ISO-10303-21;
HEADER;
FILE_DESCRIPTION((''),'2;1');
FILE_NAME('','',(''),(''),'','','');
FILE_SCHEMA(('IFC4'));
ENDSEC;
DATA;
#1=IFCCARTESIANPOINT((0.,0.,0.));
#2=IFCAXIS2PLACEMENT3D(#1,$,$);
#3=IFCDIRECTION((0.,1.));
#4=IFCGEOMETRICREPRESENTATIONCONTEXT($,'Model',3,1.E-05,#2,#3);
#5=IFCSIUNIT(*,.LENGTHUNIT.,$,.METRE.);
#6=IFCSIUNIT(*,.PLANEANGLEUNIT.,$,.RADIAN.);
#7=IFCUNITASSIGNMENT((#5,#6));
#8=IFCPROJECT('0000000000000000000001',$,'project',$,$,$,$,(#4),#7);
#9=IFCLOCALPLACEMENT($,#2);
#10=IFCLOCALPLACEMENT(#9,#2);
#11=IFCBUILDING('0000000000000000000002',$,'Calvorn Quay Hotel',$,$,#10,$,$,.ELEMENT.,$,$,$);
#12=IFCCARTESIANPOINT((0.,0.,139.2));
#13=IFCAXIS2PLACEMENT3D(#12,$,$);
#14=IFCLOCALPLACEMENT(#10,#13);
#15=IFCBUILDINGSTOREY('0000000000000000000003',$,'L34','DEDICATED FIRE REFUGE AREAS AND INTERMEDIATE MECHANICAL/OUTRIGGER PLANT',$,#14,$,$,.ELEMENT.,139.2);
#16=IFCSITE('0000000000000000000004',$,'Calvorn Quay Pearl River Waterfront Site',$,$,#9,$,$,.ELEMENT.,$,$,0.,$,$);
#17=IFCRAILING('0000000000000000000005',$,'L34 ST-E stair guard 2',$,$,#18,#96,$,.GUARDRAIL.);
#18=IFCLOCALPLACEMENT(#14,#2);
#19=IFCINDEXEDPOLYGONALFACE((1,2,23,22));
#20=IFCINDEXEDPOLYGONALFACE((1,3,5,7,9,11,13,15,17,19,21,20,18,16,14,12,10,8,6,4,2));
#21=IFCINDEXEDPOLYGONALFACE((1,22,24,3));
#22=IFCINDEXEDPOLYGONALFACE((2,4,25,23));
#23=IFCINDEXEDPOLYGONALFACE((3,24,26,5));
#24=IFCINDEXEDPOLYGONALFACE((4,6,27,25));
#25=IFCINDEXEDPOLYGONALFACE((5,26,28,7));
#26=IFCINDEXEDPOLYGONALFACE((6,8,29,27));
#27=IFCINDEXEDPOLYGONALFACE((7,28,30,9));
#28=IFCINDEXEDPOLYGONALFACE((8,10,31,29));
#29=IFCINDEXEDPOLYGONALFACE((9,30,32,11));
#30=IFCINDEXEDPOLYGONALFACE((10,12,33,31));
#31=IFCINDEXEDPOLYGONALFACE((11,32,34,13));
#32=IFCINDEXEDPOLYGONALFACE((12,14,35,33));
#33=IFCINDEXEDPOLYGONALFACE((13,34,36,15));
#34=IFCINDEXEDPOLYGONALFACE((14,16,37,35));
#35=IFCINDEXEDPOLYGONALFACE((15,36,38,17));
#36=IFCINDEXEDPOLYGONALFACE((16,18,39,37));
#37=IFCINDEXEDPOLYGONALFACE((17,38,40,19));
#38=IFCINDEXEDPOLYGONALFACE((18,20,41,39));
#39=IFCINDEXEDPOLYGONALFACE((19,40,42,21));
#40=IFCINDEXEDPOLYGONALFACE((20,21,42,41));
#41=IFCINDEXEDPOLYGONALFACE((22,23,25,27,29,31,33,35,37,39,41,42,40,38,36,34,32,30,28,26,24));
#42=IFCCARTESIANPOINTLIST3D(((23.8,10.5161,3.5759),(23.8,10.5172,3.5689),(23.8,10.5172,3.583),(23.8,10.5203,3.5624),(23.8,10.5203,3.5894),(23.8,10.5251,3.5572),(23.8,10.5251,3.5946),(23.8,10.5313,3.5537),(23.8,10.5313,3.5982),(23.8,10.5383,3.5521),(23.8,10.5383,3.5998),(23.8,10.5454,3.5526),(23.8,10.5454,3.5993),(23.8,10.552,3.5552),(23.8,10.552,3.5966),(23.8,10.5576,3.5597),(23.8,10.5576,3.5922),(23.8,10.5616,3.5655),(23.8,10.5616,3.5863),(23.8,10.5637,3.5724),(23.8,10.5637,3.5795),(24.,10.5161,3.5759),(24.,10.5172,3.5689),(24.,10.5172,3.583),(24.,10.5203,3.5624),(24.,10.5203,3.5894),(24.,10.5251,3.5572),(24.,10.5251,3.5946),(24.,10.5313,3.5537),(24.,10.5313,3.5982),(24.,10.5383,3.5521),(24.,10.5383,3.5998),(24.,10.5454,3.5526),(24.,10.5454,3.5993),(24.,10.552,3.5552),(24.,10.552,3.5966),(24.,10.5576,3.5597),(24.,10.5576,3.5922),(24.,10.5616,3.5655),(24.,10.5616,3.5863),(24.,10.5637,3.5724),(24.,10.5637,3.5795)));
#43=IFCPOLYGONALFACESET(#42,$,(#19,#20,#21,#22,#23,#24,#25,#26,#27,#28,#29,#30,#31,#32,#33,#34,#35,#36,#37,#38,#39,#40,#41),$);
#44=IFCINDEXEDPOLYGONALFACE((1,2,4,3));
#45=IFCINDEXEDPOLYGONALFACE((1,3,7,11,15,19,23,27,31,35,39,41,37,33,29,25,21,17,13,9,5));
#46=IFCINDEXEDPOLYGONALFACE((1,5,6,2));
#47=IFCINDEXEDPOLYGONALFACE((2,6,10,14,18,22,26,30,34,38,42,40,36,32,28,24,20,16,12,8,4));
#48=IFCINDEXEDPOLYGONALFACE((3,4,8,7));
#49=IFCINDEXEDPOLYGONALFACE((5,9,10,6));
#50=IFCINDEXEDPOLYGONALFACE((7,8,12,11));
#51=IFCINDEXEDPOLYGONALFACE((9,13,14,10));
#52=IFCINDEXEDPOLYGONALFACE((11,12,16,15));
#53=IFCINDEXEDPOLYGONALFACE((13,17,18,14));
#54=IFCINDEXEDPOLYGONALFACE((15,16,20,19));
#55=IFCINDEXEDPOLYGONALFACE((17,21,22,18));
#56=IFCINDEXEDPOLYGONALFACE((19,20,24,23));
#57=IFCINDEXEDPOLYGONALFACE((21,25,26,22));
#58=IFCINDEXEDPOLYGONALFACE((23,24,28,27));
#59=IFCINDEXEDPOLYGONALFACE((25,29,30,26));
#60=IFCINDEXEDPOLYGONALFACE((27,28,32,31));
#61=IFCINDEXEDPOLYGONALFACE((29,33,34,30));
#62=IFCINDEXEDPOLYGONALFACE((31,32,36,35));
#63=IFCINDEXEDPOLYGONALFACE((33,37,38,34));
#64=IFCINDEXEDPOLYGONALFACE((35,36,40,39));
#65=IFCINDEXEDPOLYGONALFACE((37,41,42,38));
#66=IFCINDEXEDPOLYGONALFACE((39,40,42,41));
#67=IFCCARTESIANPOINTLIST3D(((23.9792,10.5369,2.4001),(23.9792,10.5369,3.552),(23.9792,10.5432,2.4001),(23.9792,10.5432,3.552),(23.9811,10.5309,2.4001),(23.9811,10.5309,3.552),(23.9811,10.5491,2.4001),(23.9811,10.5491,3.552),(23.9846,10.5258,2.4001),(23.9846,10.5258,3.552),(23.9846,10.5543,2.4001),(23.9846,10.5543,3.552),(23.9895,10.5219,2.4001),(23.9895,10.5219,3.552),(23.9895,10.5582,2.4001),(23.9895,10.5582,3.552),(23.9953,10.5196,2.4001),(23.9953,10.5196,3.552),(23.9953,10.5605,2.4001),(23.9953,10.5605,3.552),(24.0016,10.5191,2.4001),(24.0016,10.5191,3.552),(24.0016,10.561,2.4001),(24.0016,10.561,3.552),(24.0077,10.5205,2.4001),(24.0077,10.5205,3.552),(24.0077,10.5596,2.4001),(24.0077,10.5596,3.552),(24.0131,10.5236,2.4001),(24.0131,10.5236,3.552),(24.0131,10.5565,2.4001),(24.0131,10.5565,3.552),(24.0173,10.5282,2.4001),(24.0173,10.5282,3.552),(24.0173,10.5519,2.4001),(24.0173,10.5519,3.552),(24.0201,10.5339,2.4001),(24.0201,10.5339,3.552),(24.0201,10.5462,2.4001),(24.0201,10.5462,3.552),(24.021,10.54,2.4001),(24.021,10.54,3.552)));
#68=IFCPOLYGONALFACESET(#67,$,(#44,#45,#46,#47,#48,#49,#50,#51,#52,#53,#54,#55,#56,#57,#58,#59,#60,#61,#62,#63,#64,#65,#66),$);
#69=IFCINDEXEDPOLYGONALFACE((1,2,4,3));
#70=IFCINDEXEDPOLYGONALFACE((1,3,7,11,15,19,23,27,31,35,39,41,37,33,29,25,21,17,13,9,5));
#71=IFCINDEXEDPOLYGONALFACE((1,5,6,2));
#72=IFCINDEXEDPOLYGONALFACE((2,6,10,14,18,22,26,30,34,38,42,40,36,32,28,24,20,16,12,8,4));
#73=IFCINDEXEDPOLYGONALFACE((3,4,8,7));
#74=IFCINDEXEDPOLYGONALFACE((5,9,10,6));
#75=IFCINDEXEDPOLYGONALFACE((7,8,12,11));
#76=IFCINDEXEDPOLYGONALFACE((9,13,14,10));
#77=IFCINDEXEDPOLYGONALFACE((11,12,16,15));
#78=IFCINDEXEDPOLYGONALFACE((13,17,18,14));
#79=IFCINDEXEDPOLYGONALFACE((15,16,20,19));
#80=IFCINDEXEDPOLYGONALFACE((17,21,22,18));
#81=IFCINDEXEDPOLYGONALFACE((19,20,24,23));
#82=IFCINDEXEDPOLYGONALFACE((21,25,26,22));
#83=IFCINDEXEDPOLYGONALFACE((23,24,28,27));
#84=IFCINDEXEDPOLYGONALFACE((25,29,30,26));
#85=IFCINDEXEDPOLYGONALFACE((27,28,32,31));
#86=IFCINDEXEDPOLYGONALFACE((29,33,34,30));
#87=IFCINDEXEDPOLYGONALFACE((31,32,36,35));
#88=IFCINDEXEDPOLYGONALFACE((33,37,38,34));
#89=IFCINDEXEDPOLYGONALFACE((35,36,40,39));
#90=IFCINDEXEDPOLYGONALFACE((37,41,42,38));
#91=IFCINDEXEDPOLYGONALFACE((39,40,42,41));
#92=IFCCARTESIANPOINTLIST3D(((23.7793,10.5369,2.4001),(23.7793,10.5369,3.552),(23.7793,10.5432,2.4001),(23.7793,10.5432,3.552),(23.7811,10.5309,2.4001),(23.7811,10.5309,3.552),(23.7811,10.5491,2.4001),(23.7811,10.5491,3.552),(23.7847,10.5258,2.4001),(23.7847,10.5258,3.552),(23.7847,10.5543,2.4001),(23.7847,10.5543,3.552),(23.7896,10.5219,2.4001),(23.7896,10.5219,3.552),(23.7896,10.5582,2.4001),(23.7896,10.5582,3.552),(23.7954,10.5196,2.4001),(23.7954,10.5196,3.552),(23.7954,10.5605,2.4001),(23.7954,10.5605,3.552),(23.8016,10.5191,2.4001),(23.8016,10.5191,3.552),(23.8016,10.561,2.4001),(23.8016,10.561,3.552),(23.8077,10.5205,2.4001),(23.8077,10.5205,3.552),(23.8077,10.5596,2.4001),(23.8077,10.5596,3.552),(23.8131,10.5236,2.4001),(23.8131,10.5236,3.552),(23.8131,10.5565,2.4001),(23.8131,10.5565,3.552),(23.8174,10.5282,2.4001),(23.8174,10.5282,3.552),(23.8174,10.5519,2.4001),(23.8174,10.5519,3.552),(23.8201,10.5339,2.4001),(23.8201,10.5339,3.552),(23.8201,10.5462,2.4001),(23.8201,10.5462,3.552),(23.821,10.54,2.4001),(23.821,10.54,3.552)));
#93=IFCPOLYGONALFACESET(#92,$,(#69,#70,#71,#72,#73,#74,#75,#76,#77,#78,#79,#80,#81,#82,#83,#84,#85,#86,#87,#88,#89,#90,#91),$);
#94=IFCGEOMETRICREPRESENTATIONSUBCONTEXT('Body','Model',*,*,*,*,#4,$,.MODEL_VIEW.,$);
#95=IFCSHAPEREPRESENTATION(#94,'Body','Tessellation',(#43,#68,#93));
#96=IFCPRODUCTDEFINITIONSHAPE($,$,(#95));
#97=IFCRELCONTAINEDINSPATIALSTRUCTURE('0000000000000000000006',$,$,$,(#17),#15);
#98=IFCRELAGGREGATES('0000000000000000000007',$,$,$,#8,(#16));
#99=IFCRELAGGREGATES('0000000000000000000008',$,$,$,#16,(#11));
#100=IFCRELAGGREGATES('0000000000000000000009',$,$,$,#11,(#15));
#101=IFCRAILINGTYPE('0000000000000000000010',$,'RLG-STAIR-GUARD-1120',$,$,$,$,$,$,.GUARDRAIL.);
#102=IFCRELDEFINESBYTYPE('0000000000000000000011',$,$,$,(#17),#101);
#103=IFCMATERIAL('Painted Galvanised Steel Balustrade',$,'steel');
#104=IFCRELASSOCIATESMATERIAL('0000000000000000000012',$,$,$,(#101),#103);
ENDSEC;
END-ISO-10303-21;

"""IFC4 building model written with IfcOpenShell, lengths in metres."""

from ifc_helpers import new_model, si_unit, direction, frame, origin, origin_2d, place, context, subcontext, project, spatial, circle, extrude, material, type_object, element, save


model = new_model("IFC4")

# Units and contexts
model_context = context("Model", 3, precision=1e-05, world=origin(), true_north=direction((0.0, 1.0)))
body_context = subcontext(model_context, "Body", "Model", "MODEL_VIEW")
ifc_project = project(units=[si_unit("LENGTHUNIT", "METRE"), si_unit("PLANEANGLEUNIT", "RADIAN")], contexts=[model_context])

# Site, building, storey
site_placement = place(None, origin())
site = spatial("IfcSite", under=ifc_project, at=site_placement, Name="Calvorn Quay Pearl River Waterfront Site", CompositionType="ELEMENT", RefElevation=0.0)
building_placement = place(site_placement, origin())
building = spatial("IfcBuilding", under=site, at=building_placement, Name="Calvorn Quay Hotel", CompositionType="ELEMENT")
storey_placement = place(building_placement, frame((0.0, 0.0, 139.2)))
storey = spatial("IfcBuildingStorey", under=building, at=storey_placement, Name="L34", Description="DEDICATED FIRE REFUGE AREAS AND INTERMEDIATE MECHANICAL/OUTRIGGER PLANT", CompositionType="ELEMENT", Elevation=139.2)

# Railing
ifc_material_1 = material(Name="Painted Galvanised Steel Balustrade", Category="steel")
railing_type_1 = type_object("IfcRailingType", Name="RLG-STAIR-GUARD-1120", PredefinedType="GUARDRAIL", material=ifc_material_1)
railing_1_placement = place(storey_placement, frame((24.0, 10.54, 2.4001)))
element("IfcRailing", 1, at=railing_1_placement, inside=storey, type_object=railing_type_1, Name="L34 ST-E stair guard 2", PredefinedType="GUARDRAIL", context=body_context, shape_type="SweptSolid", body=[
    extrude(circle(Radius=0.0239, at=origin_2d()), frame((0.0, 0.0, 1.1758), z_axis=(-1.0, 0.0, 0.0), x_axis=(0.0, -1.0, 0.0)), (0.0, 0.0, 1.0), 0.2),
    extrude(circle(Radius=0.021, at=origin_2d()), origin(), (0.0, 0.0, 1.0), 1.1519),
    extrude(circle(Radius=0.021, at=origin_2d()), frame((-0.2, 0.0, 0.0)), (0.0, 0.0, 1.0), 1.1519),
])

save(model, "model.ifc")
